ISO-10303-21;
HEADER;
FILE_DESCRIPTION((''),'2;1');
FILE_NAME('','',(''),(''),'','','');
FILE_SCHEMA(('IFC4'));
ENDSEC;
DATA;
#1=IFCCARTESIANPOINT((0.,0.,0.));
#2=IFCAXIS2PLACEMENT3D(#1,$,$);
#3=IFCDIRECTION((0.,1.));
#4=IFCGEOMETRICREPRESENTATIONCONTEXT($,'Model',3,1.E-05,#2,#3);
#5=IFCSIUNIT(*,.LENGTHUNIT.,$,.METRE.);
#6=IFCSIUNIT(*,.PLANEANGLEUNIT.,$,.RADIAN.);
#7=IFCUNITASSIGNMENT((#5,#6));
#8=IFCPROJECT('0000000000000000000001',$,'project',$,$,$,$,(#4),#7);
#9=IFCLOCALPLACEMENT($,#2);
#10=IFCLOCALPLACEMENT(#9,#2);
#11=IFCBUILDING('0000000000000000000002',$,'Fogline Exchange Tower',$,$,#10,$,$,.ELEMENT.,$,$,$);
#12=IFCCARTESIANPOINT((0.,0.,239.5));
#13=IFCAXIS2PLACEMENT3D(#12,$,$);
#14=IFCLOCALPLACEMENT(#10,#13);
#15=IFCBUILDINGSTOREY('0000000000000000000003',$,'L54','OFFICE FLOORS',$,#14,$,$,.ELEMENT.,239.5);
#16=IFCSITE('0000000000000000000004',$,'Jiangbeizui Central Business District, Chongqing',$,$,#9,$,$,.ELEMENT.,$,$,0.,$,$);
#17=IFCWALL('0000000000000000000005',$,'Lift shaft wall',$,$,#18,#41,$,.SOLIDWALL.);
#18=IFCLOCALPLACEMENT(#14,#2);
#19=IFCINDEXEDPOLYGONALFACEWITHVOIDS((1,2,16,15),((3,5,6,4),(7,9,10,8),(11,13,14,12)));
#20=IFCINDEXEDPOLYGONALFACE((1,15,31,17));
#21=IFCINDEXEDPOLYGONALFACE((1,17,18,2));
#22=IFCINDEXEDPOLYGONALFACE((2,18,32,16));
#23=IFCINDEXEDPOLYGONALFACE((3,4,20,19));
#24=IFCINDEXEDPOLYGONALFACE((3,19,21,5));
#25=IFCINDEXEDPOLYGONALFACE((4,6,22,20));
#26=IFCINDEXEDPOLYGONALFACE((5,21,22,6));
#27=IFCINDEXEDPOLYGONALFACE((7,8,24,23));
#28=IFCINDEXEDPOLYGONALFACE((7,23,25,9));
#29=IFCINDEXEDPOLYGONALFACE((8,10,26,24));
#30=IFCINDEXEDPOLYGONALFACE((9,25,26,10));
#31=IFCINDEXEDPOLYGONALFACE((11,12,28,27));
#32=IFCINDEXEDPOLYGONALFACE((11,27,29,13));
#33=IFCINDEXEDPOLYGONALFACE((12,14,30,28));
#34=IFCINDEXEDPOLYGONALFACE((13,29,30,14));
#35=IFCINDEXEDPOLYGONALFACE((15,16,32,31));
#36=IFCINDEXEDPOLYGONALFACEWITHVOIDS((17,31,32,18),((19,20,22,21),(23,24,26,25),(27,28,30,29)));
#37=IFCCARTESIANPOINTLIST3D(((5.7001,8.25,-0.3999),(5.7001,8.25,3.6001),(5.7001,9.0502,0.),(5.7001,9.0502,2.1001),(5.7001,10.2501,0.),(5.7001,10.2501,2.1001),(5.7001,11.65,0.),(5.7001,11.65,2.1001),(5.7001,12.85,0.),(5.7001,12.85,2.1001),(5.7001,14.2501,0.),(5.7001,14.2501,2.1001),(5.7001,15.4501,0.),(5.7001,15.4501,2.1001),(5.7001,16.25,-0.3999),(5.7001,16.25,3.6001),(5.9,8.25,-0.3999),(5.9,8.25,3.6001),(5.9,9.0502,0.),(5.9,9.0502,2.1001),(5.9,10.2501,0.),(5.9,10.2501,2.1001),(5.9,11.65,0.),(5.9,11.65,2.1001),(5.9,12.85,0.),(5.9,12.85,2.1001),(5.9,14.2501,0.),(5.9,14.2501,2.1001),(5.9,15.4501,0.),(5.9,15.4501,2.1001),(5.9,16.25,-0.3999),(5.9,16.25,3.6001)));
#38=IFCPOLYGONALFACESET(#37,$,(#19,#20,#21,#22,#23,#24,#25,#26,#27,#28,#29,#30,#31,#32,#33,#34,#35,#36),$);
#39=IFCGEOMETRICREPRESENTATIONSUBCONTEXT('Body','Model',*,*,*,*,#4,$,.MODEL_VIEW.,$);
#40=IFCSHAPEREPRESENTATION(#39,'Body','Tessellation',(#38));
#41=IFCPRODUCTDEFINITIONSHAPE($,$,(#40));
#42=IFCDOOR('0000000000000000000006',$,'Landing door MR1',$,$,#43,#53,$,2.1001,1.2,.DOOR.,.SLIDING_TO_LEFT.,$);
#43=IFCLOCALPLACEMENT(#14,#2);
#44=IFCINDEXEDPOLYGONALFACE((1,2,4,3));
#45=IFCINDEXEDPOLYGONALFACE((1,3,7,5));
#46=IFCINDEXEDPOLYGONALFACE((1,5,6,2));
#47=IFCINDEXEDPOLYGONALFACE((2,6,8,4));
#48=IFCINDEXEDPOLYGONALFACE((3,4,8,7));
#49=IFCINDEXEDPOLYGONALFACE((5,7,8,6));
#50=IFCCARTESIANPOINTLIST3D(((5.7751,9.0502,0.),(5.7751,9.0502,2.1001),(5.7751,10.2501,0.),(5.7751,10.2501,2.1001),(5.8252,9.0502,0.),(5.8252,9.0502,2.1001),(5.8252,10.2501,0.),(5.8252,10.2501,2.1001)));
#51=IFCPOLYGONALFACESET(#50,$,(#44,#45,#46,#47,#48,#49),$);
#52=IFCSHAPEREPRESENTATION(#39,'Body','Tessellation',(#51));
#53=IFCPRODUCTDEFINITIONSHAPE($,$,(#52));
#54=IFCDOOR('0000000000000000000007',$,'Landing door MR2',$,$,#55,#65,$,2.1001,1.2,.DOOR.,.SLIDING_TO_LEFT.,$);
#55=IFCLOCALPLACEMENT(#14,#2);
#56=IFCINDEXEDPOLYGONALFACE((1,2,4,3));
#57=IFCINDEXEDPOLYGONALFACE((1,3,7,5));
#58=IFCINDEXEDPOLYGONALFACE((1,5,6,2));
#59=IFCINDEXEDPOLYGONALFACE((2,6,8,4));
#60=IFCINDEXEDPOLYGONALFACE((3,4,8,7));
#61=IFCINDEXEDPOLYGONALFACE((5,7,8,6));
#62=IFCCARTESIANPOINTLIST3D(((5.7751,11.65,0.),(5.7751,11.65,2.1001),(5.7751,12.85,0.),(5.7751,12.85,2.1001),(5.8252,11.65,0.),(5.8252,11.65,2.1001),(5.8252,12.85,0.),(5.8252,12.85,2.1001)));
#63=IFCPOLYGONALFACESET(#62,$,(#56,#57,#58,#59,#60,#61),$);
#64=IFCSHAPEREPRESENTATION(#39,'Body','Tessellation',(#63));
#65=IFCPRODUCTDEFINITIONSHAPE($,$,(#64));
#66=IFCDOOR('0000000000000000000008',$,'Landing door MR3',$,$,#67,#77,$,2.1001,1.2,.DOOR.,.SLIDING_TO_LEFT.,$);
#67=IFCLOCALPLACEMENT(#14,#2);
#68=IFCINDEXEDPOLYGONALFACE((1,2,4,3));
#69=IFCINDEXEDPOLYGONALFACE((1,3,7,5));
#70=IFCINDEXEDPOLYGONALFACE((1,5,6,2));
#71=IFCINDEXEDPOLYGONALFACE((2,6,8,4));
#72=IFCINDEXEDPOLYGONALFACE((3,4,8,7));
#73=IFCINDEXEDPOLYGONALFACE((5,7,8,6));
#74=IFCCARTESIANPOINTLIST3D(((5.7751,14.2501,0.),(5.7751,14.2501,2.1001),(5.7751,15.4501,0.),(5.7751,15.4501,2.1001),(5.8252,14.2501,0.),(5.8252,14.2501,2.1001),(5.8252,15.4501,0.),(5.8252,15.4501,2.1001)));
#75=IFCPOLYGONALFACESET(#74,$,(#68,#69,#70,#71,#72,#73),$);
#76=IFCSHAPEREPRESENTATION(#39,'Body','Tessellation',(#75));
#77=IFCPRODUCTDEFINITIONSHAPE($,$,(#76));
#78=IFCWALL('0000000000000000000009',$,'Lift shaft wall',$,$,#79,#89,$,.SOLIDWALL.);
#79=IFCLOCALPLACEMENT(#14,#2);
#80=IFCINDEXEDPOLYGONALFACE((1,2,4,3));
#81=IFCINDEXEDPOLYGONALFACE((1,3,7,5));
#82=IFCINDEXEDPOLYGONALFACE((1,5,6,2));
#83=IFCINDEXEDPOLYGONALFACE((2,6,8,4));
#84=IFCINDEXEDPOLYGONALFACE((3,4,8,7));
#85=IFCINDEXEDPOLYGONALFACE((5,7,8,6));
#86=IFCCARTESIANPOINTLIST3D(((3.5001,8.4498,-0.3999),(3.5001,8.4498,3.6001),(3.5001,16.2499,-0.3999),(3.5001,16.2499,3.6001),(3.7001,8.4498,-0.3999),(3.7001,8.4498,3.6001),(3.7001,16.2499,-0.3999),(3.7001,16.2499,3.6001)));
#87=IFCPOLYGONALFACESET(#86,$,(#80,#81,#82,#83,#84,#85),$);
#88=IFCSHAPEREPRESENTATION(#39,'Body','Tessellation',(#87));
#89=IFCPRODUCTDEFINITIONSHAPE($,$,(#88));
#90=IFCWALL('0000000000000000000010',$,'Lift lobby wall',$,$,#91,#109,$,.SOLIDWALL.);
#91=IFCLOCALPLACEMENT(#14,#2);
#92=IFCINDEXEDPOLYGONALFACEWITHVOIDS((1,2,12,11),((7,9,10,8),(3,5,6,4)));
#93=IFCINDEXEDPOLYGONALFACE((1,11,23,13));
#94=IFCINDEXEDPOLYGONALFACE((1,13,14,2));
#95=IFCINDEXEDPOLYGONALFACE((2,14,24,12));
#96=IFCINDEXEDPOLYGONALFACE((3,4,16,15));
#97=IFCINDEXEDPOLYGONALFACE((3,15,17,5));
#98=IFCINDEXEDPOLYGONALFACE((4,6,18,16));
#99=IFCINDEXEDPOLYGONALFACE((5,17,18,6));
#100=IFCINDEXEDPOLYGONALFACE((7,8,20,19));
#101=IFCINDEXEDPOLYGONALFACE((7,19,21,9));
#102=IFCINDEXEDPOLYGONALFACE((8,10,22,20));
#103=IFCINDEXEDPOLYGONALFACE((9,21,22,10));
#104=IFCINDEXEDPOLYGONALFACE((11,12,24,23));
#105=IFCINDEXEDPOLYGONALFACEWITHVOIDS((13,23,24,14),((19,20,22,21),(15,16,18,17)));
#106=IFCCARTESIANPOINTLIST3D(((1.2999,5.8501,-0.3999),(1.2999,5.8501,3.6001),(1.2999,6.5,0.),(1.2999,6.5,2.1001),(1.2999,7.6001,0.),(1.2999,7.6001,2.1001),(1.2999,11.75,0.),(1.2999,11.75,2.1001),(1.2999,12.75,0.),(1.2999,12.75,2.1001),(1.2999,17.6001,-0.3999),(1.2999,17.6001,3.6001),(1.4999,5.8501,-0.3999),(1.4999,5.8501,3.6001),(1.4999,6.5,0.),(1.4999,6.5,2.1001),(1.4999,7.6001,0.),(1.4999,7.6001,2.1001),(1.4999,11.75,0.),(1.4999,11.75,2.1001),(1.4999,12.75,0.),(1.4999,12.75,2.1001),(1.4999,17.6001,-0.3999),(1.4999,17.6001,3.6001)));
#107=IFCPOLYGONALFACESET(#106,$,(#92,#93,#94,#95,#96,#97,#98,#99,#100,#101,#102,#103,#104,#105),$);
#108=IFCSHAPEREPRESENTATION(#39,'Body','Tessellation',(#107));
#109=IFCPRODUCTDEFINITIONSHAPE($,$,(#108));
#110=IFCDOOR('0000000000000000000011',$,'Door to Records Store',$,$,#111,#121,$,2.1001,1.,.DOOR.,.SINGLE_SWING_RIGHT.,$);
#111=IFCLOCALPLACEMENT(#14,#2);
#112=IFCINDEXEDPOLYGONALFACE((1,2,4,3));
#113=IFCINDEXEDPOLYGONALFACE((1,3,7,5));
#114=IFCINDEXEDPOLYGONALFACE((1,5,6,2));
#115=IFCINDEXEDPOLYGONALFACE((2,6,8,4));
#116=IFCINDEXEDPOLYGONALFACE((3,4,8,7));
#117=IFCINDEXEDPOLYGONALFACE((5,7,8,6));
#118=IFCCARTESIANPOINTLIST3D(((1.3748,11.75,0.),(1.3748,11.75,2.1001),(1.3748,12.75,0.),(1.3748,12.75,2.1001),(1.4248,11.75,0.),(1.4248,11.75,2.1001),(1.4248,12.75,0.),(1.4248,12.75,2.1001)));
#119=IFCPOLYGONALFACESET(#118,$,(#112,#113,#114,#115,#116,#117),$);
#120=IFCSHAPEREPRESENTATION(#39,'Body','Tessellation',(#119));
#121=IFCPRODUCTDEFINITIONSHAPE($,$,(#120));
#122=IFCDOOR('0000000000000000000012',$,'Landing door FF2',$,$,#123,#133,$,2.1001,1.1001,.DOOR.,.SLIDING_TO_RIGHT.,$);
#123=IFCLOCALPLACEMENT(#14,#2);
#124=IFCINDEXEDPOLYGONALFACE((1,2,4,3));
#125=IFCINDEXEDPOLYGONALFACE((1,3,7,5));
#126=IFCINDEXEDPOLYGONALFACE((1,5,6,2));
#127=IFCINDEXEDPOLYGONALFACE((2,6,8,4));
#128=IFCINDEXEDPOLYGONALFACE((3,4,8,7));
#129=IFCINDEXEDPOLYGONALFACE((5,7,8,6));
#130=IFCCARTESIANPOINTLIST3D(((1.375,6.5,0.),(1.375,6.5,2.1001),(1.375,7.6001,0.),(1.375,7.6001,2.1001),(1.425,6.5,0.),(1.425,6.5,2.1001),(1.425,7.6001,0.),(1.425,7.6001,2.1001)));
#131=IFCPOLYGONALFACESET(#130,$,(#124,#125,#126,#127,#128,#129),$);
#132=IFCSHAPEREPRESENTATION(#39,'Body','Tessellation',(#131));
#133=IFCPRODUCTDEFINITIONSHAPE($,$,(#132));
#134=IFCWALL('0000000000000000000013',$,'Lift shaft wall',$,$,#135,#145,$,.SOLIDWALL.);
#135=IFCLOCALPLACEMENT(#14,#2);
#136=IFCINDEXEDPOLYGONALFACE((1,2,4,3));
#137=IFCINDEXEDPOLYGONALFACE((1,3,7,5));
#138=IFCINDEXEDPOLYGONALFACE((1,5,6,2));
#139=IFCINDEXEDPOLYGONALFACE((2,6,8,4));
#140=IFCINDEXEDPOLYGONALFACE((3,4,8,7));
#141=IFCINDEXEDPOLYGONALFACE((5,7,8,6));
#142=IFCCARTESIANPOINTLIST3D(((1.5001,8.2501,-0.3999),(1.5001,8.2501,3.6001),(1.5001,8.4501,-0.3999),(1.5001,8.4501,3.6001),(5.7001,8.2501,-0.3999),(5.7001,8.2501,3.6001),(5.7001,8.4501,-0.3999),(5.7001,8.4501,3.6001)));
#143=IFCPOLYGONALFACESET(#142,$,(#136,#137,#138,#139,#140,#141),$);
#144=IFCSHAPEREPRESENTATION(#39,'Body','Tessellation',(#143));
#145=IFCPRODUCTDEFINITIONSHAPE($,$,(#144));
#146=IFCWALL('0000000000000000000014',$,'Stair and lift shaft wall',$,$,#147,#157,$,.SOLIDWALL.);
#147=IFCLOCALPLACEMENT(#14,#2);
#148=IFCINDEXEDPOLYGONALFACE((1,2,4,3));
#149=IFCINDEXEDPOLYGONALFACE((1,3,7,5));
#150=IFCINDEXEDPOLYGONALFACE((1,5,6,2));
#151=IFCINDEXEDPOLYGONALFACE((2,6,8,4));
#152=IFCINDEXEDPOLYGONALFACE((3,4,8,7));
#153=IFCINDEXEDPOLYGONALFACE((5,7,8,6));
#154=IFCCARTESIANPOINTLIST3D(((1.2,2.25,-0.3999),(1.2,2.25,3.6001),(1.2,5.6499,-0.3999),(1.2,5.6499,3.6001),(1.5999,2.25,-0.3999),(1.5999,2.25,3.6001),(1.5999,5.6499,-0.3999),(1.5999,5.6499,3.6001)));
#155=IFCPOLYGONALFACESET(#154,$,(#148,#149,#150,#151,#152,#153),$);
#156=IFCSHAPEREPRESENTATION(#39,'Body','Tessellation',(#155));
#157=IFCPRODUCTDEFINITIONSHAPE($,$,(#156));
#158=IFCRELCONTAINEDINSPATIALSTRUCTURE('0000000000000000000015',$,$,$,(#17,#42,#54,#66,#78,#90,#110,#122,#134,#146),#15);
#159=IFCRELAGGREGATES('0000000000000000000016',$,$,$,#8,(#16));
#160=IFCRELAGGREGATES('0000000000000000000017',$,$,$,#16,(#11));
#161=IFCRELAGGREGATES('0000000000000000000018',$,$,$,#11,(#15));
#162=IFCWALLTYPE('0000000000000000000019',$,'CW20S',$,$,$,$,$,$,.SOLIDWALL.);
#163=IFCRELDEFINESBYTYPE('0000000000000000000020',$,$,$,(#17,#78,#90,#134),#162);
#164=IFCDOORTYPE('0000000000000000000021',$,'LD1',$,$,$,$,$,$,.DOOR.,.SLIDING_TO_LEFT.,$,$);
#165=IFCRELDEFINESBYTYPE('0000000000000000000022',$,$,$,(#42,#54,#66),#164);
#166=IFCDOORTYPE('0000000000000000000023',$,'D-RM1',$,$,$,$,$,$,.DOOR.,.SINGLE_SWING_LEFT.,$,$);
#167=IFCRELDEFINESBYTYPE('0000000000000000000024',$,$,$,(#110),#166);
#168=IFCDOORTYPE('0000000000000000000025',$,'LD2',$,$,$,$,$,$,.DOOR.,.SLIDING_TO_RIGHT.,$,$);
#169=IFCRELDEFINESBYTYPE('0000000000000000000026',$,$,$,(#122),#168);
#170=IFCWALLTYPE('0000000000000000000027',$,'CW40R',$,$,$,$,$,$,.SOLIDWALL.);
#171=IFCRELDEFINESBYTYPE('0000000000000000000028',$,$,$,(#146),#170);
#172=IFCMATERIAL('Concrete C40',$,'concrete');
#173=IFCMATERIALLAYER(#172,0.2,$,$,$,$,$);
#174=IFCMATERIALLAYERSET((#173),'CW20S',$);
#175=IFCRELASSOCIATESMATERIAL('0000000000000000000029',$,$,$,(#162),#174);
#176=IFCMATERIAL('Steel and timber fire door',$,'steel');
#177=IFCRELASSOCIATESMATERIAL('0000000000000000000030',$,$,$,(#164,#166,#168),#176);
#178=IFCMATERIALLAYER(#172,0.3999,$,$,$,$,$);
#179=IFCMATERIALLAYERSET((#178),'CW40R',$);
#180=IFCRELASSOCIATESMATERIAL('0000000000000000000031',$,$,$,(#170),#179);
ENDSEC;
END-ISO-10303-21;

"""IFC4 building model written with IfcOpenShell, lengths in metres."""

from ifc_helpers import new_model, si_unit, direction, frame, frame_2d, origin, place, context, subcontext, project, spatial, rectangle, extrude, material, layer, layer_set, type_object, element, fill, save


model = new_model("IFC4")

# Units and contexts
model_context = context("Model", 3, precision=1e-05, world=origin(), true_north=direction((0.0, 1.0)))
body_context = subcontext(model_context, "Body", "Model", "MODEL_VIEW")
ifc_project = project(units=[si_unit("LENGTHUNIT", "METRE"), si_unit("PLANEANGLEUNIT", "RADIAN")], contexts=[model_context])

# Site, building, storey
site_placement = place(None, origin())
site = spatial("IfcSite", under=ifc_project, at=site_placement, Name="Jiangbeizui Central Business District, Chongqing", CompositionType="ELEMENT", RefElevation=0.0)
building_placement = place(site_placement, origin())
building = spatial("IfcBuilding", under=site, at=building_placement, Name="Fogline Exchange Tower", CompositionType="ELEMENT")
storey_placement = place(building_placement, frame((0.0, 0.0, 239.5)))
storey = spatial("IfcBuildingStorey", under=building, at=storey_placement, Name="L54", Description="OFFICE FLOORS", CompositionType="ELEMENT", Elevation=239.5)

# Shared definitions
ifc_material_1 = material(Name="Concrete C40", Category="concrete")

# Shared definitions
ifc_material_2 = material(Name="Steel and timber fire door", Category="steel")

# Shared definitions
ifc_layer_1 = layer(ifc_material_1, 0.2)
ifc_layer_set_1 = layer_set([ifc_layer_1], Name="CW20S")
wall_type_1 = type_object("IfcWallType", Name="CW20S", PredefinedType="SOLIDWALL", material=ifc_layer_set_1)

# Wall, openings, doors
wall_1_placement = place(storey_placement, frame((5.8, 8.25, -0.3999), z_axis=(0.0, 0.0, 1.0), x_axis=(0.0, 1.0, 0.0)))
wall_1 = element("IfcWall", 1, at=wall_1_placement, inside=storey, type_object=wall_type_1, Name="Lift shaft wall", PredefinedType="SOLIDWALL", context=body_context, shape_type="SweptSolid", body=[
    extrude(rectangle(XDim=8.0, YDim=0.2, at=frame_2d((4.0, 0.0))), origin(), (0.0, 0.0, 1.0), 4.0),
])
opening_1_placement = place(wall_1_placement, frame((0.8, 0.0, 0.3999)))
opening_1 = element("IfcOpeningElement", 2, at=opening_1_placement, cuts=wall_1, PredefinedType="OPENING", context=body_context, shape_type="SweptSolid", body=[
    extrude(rectangle(XDim=1.2, YDim=2.1001, at=frame_2d((0.6001, 1.05))), frame((0.0, 0.1099, 0.0), z_axis=(0.0, -1.0, 0.0), x_axis=(1.0, 0.0, 0.0)), (0.0, 0.0, 1.0), 0.22),
])
opening_2_placement = place(wall_1_placement, frame((3.3999, 0.0, 0.3999)))
opening_2 = element("IfcOpeningElement", 3, at=opening_2_placement, cuts=wall_1, PredefinedType="OPENING", context=body_context, shape_type="SweptSolid", body=[
    extrude(rectangle(XDim=1.2, YDim=2.1001, at=frame_2d((0.6001, 1.05))), frame((0.0, 0.1099, 0.0), z_axis=(0.0, -1.0, 0.0), x_axis=(1.0, 0.0, 0.0)), (0.0, 0.0, 1.0), 0.22),
])
opening_3_placement = place(wall_1_placement, frame((6.0, 0.0, 0.3999)))
opening_3 = element("IfcOpeningElement", 4, at=opening_3_placement, cuts=wall_1, PredefinedType="OPENING", context=body_context, shape_type="SweptSolid", body=[
    extrude(rectangle(XDim=1.2, YDim=2.1001, at=frame_2d((0.6001, 1.05))), frame((0.0, 0.1099, 0.0), z_axis=(0.0, -1.0, 0.0), x_axis=(1.0, 0.0, 0.0)), (0.0, 0.0, 1.0), 0.22),
])
door_type_1 = type_object("IfcDoorType", Name="LD1", OperationType="SLIDING_TO_LEFT", PredefinedType="DOOR", material=ifc_material_2)
door_1_placement = place(opening_1_placement, origin())
door_1 = element("IfcDoor", 5, at=door_1_placement, inside=storey, type_object=door_type_1, Name="Landing door MR1", OperationType="SLIDING_TO_LEFT", OverallHeight=2.1001, OverallWidth=1.2, PredefinedType="DOOR", context=body_context, shape_type="SweptSolid", body=[
    extrude(rectangle(XDim=1.2, YDim=2.1001, at=frame_2d((0.6001, 1.05))), frame((0.0, 0.0249, 0.0), z_axis=(0.0, -1.0, 0.0), x_axis=(1.0, 0.0, 0.0)), (0.0, 0.0, 1.0), 0.05),
])
fill(opening_1, door_1)
door_2_placement = place(opening_2_placement, origin())
door_2 = element("IfcDoor", 6, at=door_2_placement, inside=storey, type_object=door_type_1, Name="Landing door MR2", OperationType="SLIDING_TO_LEFT", OverallHeight=2.1001, OverallWidth=1.2, PredefinedType="DOOR", context=body_context, shape_type="SweptSolid", body=[
    extrude(rectangle(XDim=1.2, YDim=2.1001, at=frame_2d((0.6001, 1.05))), frame((0.0, 0.0249, 0.0), z_axis=(0.0, -1.0, 0.0), x_axis=(1.0, 0.0, 0.0)), (0.0, 0.0, 1.0), 0.05),
])
fill(opening_2, door_2)
door_3_placement = place(opening_3_placement, origin())
door_3 = element("IfcDoor", 7, at=door_3_placement, inside=storey, type_object=door_type_1, Name="Landing door MR3", OperationType="SLIDING_TO_LEFT", OverallHeight=2.1001, OverallWidth=1.2, PredefinedType="DOOR", context=body_context, shape_type="SweptSolid", body=[
    extrude(rectangle(XDim=1.2, YDim=2.1001, at=frame_2d((0.6001, 1.05))), frame((0.0, 0.0249, 0.0), z_axis=(0.0, -1.0, 0.0), x_axis=(1.0, 0.0, 0.0)), (0.0, 0.0, 1.0), 0.05),
])
fill(opening_3, door_3)

# Wall
wall_2_placement = place(storey_placement, frame((3.6001, 8.45, -0.3999), z_axis=(0.0, 0.0, 1.0), x_axis=(0.0, 1.0, 0.0)))
element("IfcWall", 8, at=wall_2_placement, inside=storey, type_object=wall_type_1, Name="Lift shaft wall", PredefinedType="SOLIDWALL", context=body_context, shape_type="SweptSolid", body=[
    extrude(rectangle(XDim=7.8, YDim=0.2, at=frame_2d((3.8999, 0.0))), origin(), (0.0, 0.0, 1.0), 4.0),
])

# Wall, openings, doors
wall_3_placement = place(storey_placement, frame((1.3999, 5.8501, -0.3999), z_axis=(0.0, 0.0, 1.0), x_axis=(0.0, 1.0, 0.0)))
wall_3 = element("IfcWall", 9, at=wall_3_placement, inside=storey, type_object=wall_type_1, Name="Lift lobby wall", PredefinedType="SOLIDWALL", context=body_context, shape_type="SweptSolid", body=[
    extrude(rectangle(XDim=11.75, YDim=0.2, at=frame_2d((5.875, 0.0))), origin(), (0.0, 0.0, 1.0), 4.0),
])
opening_4_placement = place(wall_3_placement, frame((0.6499, 0.0, 0.3999)))
opening_4 = element("IfcOpeningElement", 10, at=opening_4_placement, cuts=wall_3, PredefinedType="OPENING", context=body_context, shape_type="SweptSolid", body=[
    extrude(rectangle(XDim=1.1001, YDim=2.1001, at=frame_2d((0.55, 1.05))), frame((0.0, 0.1099, 0.0), z_axis=(0.0, -1.0, 0.0), x_axis=(1.0, 0.0, 0.0)), (0.0, 0.0, 1.0), 0.22),
])
opening_5_placement = place(wall_3_placement, frame((5.8999, 0.0, 0.3999)))
opening_5 = element("IfcOpeningElement", 11, at=opening_5_placement, cuts=wall_3, PredefinedType="OPENING", context=body_context, shape_type="SweptSolid", body=[
    extrude(rectangle(XDim=1.0, YDim=2.1001, at=frame_2d((0.5, 1.05))), frame((0.0, 0.1099, 0.0), z_axis=(0.0, -1.0, 0.0), x_axis=(1.0, 0.0, 0.0)), (0.0, 0.0, 1.0), 0.22),
])
door_type_2 = type_object("IfcDoorType", Name="D-RM1", OperationType="SINGLE_SWING_LEFT", PredefinedType="DOOR", material=ifc_material_2)
door_4_placement = place(opening_5_placement, frame((1.0, 0.0, 0.0), z_axis=(0.0, 0.0, 1.0), x_axis=(-1.0, 0.0, 0.0)))
door_4 = element("IfcDoor", 12, at=door_4_placement, inside=storey, type_object=door_type_2, Name="Door to Records Store", OperationType="SINGLE_SWING_RIGHT", OverallHeight=2.1001, OverallWidth=1.0, PredefinedType="DOOR", context=body_context, shape_type="SweptSolid", body=[
    extrude(rectangle(XDim=1.0, YDim=2.1001, at=frame_2d((0.5, 1.05))), frame((0.0, 0.0249, 0.0), z_axis=(0.0, -1.0, 0.0), x_axis=(1.0, 0.0, 0.0)), (0.0, 0.0, 1.0), 0.05),
])
fill(opening_5, door_4)
door_type_3 = type_object("IfcDoorType", Name="LD2", OperationType="SLIDING_TO_RIGHT", PredefinedType="DOOR", material=ifc_material_2)
door_5_placement = place(opening_4_placement, origin())
door_5 = element("IfcDoor", 13, at=door_5_placement, inside=storey, type_object=door_type_3, Name="Landing door FF2", OperationType="SLIDING_TO_RIGHT", OverallHeight=2.1001, OverallWidth=1.1001, PredefinedType="DOOR", context=body_context, shape_type="SweptSolid", body=[
    extrude(rectangle(XDim=1.1001, YDim=2.1001, at=frame_2d((0.55, 1.05))), frame((0.0, 0.0249, 0.0), z_axis=(0.0, -1.0, 0.0), x_axis=(1.0, 0.0, 0.0)), (0.0, 0.0, 1.0), 0.05),
])
fill(opening_4, door_5)

# Walls
wall_4_placement = place(storey_placement, frame((1.5, 8.3501, -0.3999), z_axis=(0.0, 0.0, 1.0), x_axis=(1.0, 0.0, 0.0)))
element("IfcWall", 14, at=wall_4_placement, inside=storey, type_object=wall_type_1, Name="Lift shaft wall", PredefinedType="SOLIDWALL", context=body_context, shape_type="SweptSolid", body=[
    extrude(rectangle(XDim=4.2, YDim=0.2, at=frame_2d((2.1001, 0.0))), origin(), (0.0, 0.0, 1.0), 4.0),
])
ifc_layer_2 = layer(ifc_material_1, 0.3999)
ifc_layer_set_2 = layer_set([ifc_layer_2], Name="CW40R")
wall_type_2 = type_object("IfcWallType", Name="CW40R", PredefinedType="SOLIDWALL", material=ifc_layer_set_2)
wall_5_placement = place(storey_placement, frame((1.3999, 2.25, -0.3999), z_axis=(0.0, 0.0, 1.0), x_axis=(0.0, 1.0, 0.0)))
element("IfcWall", 15, at=wall_5_placement, inside=storey, type_object=wall_type_2, Name="Stair and lift shaft wall", PredefinedType="SOLIDWALL", context=body_context, shape_type="SweptSolid", body=[
    extrude(rectangle(XDim=3.3999, YDim=0.3999, at=frame_2d((1.7, 0.0))), origin(), (0.0, 0.0, 1.0), 4.0),
])

save(model, "model.ifc")
